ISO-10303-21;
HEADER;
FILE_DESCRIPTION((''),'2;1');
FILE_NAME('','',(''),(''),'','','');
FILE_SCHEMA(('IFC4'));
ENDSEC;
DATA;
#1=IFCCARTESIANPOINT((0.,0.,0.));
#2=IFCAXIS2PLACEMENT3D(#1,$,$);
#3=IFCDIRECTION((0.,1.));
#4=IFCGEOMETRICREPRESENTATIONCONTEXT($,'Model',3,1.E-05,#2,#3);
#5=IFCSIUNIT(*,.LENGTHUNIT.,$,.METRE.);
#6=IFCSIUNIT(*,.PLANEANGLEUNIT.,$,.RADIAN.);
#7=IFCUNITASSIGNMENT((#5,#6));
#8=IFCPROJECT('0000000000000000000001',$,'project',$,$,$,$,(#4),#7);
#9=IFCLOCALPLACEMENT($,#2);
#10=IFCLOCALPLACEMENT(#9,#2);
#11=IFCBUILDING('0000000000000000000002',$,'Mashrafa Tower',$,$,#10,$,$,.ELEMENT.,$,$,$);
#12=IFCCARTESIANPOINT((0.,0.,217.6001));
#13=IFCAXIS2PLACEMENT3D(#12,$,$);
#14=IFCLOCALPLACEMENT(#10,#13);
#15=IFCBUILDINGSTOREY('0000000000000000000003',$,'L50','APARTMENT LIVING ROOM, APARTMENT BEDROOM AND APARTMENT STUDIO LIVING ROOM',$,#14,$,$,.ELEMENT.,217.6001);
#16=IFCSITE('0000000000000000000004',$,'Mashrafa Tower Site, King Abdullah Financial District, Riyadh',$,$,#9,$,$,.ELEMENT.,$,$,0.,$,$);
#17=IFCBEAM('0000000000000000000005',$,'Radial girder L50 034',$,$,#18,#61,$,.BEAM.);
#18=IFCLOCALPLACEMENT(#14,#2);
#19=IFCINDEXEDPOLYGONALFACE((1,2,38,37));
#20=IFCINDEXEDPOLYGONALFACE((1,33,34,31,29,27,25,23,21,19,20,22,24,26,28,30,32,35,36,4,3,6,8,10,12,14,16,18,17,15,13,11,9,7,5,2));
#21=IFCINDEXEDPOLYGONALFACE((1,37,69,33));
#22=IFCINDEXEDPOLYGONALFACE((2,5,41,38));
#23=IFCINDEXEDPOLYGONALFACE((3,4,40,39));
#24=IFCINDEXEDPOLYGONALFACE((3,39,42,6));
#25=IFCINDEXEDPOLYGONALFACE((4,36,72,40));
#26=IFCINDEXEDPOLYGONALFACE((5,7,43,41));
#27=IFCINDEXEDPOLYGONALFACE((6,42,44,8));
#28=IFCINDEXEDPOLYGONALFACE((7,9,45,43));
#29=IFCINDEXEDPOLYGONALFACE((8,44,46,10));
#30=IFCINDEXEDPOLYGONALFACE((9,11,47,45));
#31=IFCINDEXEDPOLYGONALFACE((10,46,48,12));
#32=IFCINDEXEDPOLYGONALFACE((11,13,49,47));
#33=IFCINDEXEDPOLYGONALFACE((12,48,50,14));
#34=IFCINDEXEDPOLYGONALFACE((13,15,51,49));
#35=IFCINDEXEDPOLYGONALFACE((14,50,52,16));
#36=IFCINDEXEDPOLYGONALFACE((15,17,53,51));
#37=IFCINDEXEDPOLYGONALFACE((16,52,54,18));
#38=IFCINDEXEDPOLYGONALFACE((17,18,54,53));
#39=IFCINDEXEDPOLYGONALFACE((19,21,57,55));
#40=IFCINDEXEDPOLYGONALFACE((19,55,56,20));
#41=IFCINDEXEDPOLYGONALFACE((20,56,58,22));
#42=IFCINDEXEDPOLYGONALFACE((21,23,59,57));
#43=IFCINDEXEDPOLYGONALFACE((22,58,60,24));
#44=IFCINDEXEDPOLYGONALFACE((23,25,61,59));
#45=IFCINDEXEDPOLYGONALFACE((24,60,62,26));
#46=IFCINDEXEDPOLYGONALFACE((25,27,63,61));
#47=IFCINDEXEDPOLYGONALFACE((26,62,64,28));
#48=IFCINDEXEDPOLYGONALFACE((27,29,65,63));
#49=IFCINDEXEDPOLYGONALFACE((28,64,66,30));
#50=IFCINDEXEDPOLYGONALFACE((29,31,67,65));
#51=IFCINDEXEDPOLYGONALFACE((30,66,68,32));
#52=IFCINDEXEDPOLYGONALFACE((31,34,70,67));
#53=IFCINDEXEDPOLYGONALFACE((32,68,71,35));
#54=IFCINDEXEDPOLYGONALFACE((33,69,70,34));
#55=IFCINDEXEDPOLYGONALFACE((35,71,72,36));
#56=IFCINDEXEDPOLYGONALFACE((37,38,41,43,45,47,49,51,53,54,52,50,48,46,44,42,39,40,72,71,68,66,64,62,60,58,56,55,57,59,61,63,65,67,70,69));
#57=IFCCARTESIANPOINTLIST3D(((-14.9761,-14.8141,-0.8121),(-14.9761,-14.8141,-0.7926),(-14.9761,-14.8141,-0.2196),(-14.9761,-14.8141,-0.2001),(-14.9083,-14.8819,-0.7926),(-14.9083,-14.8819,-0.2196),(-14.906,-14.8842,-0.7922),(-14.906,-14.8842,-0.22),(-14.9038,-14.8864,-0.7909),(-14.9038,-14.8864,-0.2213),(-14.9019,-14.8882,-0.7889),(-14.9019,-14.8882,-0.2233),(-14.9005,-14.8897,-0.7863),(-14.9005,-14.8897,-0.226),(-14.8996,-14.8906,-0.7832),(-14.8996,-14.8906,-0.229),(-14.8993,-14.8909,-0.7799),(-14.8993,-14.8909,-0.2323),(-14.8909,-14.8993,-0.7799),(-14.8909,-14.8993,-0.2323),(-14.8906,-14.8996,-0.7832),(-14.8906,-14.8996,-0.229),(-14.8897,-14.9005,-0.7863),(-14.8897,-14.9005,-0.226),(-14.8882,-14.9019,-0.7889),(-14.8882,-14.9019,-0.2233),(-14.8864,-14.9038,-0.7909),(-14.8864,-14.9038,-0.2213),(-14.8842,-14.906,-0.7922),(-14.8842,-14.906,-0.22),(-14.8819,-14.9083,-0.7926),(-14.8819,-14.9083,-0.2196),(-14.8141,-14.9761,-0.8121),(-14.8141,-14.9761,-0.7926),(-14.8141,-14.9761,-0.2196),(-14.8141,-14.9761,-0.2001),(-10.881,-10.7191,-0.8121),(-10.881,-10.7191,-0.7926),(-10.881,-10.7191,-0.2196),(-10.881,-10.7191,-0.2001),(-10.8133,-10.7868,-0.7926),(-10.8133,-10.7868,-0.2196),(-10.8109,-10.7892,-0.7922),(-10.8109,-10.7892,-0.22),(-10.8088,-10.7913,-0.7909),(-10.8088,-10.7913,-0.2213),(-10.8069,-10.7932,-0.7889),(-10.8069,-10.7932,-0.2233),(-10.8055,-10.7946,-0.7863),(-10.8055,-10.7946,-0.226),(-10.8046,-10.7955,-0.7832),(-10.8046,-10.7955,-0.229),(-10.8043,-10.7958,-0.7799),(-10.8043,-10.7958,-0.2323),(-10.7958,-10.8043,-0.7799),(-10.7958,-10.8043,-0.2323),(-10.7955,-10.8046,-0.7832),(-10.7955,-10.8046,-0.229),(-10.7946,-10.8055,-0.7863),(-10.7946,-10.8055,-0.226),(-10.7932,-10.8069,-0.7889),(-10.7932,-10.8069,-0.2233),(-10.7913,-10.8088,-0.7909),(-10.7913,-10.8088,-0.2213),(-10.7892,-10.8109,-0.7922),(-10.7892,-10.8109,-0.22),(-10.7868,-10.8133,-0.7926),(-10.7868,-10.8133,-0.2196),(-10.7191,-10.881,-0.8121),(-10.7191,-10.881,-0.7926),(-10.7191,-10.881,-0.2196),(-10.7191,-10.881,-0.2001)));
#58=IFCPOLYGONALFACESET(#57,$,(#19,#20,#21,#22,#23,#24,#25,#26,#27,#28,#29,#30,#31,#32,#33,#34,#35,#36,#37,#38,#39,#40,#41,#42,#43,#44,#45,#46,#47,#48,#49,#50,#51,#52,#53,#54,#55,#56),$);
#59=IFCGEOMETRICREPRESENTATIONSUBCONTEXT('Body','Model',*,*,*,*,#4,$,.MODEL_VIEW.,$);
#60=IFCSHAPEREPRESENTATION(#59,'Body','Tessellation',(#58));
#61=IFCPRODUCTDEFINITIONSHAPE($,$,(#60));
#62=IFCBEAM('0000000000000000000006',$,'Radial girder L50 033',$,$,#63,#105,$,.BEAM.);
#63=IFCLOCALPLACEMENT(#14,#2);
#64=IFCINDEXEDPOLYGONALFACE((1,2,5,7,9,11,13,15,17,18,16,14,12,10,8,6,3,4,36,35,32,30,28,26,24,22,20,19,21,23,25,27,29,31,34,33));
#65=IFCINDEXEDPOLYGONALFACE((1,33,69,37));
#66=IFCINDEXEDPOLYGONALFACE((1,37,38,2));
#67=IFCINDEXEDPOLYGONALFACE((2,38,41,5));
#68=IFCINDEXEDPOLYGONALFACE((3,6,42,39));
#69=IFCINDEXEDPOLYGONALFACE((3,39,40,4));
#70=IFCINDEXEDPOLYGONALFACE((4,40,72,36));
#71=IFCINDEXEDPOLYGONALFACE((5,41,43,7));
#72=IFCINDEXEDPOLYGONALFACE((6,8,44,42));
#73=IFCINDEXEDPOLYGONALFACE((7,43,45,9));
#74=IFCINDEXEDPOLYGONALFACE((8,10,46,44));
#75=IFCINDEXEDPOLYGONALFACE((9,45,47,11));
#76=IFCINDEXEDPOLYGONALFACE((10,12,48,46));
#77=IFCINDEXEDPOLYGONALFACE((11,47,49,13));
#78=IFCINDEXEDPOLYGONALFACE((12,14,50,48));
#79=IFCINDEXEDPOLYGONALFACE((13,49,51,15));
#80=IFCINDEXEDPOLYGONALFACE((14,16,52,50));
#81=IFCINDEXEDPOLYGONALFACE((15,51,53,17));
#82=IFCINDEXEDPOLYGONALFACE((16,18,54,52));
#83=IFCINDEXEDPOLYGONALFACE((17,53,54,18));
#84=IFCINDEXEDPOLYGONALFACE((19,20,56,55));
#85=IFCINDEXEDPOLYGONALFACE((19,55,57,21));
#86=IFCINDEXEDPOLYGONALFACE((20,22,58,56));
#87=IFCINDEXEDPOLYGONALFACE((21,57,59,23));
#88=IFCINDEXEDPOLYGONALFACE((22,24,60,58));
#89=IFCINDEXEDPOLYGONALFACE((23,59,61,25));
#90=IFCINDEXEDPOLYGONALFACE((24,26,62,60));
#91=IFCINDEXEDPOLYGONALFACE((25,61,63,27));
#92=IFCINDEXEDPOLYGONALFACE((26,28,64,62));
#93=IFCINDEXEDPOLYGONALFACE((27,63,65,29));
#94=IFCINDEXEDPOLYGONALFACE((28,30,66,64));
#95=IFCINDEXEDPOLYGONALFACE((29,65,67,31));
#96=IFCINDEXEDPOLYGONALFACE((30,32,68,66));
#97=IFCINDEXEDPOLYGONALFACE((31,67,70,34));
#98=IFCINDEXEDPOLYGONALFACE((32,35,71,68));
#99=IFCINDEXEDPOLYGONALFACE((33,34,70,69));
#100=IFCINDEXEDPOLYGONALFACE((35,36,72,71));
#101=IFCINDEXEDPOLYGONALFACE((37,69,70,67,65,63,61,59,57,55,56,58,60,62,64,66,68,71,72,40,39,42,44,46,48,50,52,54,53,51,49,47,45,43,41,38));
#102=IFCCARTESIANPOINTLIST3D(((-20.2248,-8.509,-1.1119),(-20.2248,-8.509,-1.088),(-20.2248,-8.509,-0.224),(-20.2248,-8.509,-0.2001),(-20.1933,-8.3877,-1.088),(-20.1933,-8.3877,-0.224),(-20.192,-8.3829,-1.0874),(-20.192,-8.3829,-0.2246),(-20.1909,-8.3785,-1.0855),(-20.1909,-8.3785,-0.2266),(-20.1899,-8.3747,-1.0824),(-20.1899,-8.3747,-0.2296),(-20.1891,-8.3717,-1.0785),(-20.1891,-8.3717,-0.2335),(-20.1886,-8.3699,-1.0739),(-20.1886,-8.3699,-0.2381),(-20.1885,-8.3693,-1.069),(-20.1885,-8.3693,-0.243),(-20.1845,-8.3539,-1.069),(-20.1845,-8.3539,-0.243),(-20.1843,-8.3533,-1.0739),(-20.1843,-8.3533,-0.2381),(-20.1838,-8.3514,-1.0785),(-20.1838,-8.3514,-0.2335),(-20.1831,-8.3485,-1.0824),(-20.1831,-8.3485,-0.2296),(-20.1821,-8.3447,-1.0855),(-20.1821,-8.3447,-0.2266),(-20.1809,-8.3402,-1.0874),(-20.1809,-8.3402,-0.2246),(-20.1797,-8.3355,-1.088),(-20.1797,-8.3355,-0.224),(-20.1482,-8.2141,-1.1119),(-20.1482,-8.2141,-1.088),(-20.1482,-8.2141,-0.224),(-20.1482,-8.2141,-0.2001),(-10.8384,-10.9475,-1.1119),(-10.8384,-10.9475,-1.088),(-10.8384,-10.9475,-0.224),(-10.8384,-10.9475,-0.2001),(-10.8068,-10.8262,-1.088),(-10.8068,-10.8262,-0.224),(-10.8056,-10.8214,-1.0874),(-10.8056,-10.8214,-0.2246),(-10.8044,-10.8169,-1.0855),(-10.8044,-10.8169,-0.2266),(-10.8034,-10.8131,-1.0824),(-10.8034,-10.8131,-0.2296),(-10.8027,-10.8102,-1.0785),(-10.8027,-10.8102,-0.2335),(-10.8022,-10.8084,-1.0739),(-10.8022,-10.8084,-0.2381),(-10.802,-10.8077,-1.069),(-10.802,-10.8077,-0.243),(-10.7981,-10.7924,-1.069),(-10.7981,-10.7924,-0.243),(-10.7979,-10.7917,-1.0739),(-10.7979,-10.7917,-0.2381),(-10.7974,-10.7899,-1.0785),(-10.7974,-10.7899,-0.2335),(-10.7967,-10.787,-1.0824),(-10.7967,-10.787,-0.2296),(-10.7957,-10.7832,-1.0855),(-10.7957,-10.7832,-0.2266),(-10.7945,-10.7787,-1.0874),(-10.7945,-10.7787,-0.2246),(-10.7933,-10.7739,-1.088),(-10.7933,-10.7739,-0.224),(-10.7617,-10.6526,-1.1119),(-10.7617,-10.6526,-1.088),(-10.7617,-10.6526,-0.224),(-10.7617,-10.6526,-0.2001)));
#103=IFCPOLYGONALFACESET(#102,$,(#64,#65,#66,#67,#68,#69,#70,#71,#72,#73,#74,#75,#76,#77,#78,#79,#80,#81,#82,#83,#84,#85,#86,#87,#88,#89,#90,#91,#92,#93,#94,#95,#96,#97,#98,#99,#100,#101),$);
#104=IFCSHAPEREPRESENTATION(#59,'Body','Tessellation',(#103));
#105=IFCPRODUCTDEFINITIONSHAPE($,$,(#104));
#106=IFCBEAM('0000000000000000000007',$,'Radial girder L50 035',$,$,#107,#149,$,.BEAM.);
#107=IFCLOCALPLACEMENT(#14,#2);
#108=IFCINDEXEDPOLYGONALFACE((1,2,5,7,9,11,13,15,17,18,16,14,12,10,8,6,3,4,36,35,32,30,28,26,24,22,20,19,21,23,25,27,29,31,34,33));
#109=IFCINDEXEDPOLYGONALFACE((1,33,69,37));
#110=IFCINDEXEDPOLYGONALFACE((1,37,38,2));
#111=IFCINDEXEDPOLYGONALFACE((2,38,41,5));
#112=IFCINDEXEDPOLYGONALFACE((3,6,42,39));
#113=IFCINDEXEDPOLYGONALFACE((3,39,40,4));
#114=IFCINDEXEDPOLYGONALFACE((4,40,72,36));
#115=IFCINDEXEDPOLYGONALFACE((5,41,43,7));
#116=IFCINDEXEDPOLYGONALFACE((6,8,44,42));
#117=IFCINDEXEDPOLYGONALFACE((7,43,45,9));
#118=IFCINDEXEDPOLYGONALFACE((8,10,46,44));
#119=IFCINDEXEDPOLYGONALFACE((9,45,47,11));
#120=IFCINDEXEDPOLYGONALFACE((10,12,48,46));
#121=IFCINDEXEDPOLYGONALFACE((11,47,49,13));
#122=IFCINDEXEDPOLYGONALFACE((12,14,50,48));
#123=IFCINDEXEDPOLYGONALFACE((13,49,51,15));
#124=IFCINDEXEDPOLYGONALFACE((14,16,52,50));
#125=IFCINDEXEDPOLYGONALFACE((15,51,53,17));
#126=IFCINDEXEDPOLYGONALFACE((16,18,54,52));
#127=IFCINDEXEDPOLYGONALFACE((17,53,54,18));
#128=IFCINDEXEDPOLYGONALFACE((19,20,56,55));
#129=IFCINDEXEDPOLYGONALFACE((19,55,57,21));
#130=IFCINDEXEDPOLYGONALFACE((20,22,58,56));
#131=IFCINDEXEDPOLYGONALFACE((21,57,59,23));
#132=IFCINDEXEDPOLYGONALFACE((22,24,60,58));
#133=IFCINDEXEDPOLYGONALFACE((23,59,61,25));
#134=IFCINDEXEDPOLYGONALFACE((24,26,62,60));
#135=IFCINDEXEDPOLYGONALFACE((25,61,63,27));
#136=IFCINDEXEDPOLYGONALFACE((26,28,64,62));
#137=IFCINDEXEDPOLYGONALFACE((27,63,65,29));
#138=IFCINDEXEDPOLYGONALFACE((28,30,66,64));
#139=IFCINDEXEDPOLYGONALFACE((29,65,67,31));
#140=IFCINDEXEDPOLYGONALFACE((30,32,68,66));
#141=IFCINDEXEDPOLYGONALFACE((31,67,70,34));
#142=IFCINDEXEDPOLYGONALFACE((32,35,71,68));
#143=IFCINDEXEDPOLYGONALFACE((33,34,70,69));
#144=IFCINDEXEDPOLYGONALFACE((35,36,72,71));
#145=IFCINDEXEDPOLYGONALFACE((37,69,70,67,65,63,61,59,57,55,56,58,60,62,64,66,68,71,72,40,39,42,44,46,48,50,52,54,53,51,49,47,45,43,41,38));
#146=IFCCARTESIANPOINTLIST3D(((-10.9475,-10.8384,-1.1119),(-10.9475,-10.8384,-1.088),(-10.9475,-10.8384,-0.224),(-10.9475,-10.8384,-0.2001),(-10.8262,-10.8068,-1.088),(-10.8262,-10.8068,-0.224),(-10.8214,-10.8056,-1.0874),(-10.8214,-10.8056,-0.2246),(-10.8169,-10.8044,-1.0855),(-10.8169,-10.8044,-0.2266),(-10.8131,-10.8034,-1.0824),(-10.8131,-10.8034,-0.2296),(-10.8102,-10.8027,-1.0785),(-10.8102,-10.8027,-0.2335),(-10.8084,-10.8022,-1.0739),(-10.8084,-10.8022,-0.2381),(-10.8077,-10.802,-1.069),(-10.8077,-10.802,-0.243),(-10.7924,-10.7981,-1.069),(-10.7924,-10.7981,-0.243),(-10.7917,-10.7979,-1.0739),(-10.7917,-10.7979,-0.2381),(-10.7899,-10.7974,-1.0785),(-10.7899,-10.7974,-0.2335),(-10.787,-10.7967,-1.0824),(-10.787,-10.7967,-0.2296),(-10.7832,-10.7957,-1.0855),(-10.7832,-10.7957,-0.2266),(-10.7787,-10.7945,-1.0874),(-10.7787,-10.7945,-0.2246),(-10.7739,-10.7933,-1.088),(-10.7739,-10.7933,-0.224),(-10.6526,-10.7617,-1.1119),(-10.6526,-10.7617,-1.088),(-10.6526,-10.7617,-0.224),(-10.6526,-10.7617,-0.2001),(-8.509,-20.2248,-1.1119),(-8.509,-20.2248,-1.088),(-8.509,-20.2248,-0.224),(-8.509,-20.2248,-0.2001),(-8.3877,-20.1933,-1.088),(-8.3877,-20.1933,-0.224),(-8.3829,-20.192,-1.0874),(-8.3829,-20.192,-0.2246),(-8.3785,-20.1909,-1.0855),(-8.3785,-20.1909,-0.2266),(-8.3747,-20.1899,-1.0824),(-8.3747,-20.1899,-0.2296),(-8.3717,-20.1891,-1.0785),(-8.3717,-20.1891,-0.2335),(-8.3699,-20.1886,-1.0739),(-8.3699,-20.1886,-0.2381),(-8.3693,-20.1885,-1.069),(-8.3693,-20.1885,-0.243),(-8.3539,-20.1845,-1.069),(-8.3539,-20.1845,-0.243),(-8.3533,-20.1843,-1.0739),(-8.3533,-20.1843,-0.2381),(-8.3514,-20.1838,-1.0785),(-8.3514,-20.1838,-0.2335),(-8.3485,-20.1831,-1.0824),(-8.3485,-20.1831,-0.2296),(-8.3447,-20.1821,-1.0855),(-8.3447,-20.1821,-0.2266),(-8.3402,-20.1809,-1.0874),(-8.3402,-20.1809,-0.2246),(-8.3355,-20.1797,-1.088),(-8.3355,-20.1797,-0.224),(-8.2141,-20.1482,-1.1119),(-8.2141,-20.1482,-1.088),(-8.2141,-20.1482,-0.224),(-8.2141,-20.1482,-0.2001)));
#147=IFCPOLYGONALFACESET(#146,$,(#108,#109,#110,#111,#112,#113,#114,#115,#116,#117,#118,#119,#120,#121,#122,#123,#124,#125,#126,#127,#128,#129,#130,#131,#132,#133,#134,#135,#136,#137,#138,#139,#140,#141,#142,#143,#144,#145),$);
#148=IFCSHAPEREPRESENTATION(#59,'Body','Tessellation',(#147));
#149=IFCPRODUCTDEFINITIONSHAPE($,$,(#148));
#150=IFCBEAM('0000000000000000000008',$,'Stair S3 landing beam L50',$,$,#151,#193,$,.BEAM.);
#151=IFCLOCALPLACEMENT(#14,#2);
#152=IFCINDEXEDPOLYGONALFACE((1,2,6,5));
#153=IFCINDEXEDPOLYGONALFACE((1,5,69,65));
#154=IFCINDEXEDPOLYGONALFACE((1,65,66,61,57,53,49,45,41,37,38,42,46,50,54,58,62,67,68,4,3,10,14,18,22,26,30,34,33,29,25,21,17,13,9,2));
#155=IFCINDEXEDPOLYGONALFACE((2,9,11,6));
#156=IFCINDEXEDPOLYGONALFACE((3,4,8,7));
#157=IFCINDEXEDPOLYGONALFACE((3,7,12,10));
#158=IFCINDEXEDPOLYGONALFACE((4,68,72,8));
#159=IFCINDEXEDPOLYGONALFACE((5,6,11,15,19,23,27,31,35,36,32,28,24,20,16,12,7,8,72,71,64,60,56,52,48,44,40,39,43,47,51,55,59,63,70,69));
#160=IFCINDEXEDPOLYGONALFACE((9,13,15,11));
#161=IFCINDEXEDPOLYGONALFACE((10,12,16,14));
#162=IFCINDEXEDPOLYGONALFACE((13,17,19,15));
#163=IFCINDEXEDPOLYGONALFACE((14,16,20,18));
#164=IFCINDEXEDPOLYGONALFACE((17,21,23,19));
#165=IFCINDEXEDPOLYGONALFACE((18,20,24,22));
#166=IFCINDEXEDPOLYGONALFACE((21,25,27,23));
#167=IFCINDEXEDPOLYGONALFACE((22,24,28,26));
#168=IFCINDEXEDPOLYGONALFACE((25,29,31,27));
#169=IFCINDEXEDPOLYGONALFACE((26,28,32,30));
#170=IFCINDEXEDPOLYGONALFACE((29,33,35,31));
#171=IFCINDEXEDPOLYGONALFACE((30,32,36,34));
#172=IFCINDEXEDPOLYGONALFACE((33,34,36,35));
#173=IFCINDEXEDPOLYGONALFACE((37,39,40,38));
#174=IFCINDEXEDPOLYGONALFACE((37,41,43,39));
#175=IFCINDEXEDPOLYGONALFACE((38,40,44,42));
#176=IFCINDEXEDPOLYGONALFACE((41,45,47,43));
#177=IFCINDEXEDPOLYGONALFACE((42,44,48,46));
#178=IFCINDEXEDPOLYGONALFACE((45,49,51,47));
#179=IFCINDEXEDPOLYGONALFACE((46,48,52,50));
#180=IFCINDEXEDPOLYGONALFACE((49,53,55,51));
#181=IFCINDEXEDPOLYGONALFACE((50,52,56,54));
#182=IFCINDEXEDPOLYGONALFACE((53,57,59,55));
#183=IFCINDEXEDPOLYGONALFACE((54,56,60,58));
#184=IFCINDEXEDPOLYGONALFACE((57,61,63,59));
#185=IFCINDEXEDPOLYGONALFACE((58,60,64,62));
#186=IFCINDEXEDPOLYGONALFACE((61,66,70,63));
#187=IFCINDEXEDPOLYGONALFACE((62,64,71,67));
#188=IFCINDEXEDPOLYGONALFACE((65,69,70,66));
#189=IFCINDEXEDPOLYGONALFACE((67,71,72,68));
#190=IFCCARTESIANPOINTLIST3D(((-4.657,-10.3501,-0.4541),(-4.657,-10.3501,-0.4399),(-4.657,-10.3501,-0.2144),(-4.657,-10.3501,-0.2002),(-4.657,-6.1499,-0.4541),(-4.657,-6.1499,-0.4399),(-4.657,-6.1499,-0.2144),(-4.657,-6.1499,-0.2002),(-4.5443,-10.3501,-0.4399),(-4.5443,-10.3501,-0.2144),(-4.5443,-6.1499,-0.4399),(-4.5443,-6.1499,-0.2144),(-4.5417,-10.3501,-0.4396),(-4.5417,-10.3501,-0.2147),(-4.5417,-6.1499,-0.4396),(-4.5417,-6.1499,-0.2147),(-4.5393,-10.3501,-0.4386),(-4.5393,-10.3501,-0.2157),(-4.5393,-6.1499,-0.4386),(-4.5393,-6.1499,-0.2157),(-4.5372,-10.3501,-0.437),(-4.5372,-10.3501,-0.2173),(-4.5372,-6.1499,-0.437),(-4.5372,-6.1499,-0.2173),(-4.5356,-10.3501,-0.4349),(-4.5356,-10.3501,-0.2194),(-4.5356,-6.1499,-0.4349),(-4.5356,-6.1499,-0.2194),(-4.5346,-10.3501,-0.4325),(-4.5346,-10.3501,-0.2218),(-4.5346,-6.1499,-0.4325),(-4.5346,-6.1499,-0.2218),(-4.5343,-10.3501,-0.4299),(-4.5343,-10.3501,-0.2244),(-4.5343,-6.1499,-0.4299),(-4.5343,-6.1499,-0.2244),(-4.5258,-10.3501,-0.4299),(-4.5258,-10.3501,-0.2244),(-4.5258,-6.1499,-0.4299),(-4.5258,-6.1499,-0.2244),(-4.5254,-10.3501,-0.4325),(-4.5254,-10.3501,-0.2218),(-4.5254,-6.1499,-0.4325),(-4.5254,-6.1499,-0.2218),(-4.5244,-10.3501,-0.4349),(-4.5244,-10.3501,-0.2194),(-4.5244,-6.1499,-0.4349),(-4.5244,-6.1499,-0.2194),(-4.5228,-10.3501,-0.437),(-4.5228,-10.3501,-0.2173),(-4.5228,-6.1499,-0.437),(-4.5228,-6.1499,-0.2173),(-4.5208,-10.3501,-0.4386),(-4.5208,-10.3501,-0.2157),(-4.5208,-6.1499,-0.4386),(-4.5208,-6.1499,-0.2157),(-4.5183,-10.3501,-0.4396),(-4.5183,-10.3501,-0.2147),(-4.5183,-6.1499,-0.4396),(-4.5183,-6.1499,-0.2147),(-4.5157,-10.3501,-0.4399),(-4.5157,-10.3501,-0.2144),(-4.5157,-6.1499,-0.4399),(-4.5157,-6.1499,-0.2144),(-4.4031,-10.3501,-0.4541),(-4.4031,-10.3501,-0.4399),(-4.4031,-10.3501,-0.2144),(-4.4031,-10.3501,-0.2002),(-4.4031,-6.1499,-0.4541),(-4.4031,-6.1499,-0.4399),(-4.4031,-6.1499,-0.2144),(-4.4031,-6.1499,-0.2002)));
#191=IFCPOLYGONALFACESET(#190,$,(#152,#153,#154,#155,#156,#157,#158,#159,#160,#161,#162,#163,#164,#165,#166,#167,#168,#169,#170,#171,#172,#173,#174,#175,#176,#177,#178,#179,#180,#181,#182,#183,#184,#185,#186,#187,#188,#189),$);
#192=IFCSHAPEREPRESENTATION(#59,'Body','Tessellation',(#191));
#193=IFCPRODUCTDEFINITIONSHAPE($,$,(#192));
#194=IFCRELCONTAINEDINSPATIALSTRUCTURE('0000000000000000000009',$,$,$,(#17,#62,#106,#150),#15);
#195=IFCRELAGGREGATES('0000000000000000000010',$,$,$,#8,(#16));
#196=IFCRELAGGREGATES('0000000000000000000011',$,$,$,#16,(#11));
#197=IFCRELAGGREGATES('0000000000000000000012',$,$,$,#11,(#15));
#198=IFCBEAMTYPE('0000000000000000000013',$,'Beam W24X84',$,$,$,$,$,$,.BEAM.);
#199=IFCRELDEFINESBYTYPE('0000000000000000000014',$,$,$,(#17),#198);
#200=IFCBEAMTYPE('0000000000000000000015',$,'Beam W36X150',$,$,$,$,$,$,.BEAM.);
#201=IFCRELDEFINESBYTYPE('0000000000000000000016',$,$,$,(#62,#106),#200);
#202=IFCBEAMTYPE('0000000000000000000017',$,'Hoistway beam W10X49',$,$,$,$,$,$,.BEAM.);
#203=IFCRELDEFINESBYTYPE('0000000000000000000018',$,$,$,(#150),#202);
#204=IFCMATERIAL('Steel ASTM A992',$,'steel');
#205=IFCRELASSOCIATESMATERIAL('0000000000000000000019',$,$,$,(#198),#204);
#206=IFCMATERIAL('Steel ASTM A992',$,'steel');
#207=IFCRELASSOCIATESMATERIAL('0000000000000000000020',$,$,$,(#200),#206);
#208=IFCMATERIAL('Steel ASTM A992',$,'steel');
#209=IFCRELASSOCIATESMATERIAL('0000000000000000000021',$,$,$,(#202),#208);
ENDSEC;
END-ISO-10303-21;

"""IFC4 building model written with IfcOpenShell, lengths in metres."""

from ifc_helpers import new_model, si_unit, direction, frame, origin, origin_2d, place, context, subcontext, project, spatial, i_section, extrude, material, material_profile, profile_set, type_object, element, save


model = new_model("IFC4")

# Units and contexts
model_context = context("Model", 3, precision=1e-05, world=origin(), true_north=direction((0.0, 1.0)))
body_context = subcontext(model_context, "Body", "Model", "MODEL_VIEW")
ifc_project = project(units=[si_unit("LENGTHUNIT", "METRE"), si_unit("PLANEANGLEUNIT", "RADIAN")], contexts=[model_context])

# Site, building, storey
site_placement = place(None, origin())
site = spatial("IfcSite", under=ifc_project, at=site_placement, Name="Mashrafa Tower Site, King Abdullah Financial District, Riyadh", CompositionType="ELEMENT", RefElevation=0.0)
building_placement = place(site_placement, origin())
building = spatial("IfcBuilding", under=site, at=building_placement, Name="Mashrafa Tower", CompositionType="ELEMENT")
storey_placement = place(building_placement, frame((0.0, 0.0, 217.6001)))
storey = spatial("IfcBuildingStorey", under=building, at=storey_placement, Name="L50", Description="APARTMENT LIVING ROOM, APARTMENT BEDROOM AND APARTMENT STUDIO LIVING ROOM", CompositionType="ELEMENT", Elevation=217.6001)

# Beams
ifc_material_1 = material(Name="Steel ASTM A992", Category="steel")
ifc_material_profile_1 = material_profile(ifc_material_1, i_section(OverallWidth=0.229, OverallDepth=0.6121, WebThickness=0.012, FlangeThickness=0.0195, FilletRadius=0.0127, at=origin_2d()), Name="W24X84")
ifc_profile_set_1 = profile_set([ifc_material_profile_1], Name="Steel ASTM A992")
beam_type_1 = type_object("IfcBeamType", Name="Beam W24X84", PredefinedType="BEAM", material=ifc_profile_set_1)
beam_1_placement = place(storey_placement, frame((-10.8, -10.8, -0.5061), z_axis=(-0.707107, -0.707107, 0.0), x_axis=(0.707107, -0.707107, 0.0)))
element("IfcBeam", 1, at=beam_1_placement, inside=storey, type_object=beam_type_1, Name="Radial girder L50 034", PredefinedType="BEAM", context=body_context, shape_type="SweptSolid", body=[
    extrude(i_section(OverallWidth=0.229, OverallDepth=0.6121, WebThickness=0.012, FlangeThickness=0.0195, FilletRadius=0.0127, at=origin_2d()), origin(), (0.0, 0.0, 1.0), 5.7913),
])
ifc_material_2 = material(Name="Steel ASTM A992", Category="steel")
ifc_material_profile_2 = material_profile(ifc_material_2, i_section(OverallWidth=0.3047, OverallDepth=0.9119, WebThickness=0.0159, FlangeThickness=0.0239, FilletRadius=0.019, at=origin_2d()), Name="W36X150")
ifc_profile_set_2 = profile_set([ifc_material_profile_2], Name="Steel ASTM A992")
beam_type_2 = type_object("IfcBeamType", Name="Beam W36X150", PredefinedType="BEAM", material=ifc_profile_set_2)
for number, where, z_axis, x_axis, name in (
    (2, (-10.8, -10.8, -0.656), (-0.967873, 0.25144, 0.0), (-0.25144, -0.967873, 0.0), "Radial girder L50 033"),
    (3, (-10.8, -10.8, -0.656), (0.25144, -0.967873, 0.0), (0.967873, 0.25144, 0.0), "Radial girder L50 035"),
):
    element("IfcBeam", number, at=place(storey_placement, frame(where, z_axis=z_axis, x_axis=x_axis)), inside=storey, type_object=beam_type_2, Name=name, PredefinedType="BEAM", context=body_context, shape_type="SweptSolid", body=[
        extrude(i_section(OverallWidth=0.3047, OverallDepth=0.9119, WebThickness=0.0159, FlangeThickness=0.0239, FilletRadius=0.019, at=origin_2d()), origin(), (0.0, 0.0, 1.0), 9.698),
    ])
ifc_material_3 = material(Name="Steel ASTM A992", Category="steel")
ifc_material_profile_3 = material_profile(ifc_material_3, i_section(OverallWidth=0.2539, OverallDepth=0.2539, WebThickness=0.0085, FlangeThickness=0.0142, FilletRadius=0.01, at=origin_2d()), Name="W10X49")
ifc_profile_set_3 = profile_set([ifc_material_profile_3], Name="Steel ASTM A992")
beam_type_3 = type_object("IfcBeamType", Name="Hoistway beam W10X49", PredefinedType="BEAM", material=ifc_profile_set_3)
beam_2_placement = place(storey_placement, frame((-4.53, -10.3501, -0.3271), z_axis=(0.0, 1.0, 0.0), x_axis=(-1.0, 0.0, 0.0)))
element("IfcBeam", 4, at=beam_2_placement, inside=storey, type_object=beam_type_3, Name="Stair S3 landing beam L50", PredefinedType="BEAM", context=body_context, shape_type="SweptSolid", body=[
    extrude(i_section(OverallWidth=0.2539, OverallDepth=0.2539, WebThickness=0.0085, FlangeThickness=0.0142, FilletRadius=0.01, at=origin_2d()), origin(), (0.0, 0.0, 1.0), 4.2002),
])

save(model, "model.ifc")
